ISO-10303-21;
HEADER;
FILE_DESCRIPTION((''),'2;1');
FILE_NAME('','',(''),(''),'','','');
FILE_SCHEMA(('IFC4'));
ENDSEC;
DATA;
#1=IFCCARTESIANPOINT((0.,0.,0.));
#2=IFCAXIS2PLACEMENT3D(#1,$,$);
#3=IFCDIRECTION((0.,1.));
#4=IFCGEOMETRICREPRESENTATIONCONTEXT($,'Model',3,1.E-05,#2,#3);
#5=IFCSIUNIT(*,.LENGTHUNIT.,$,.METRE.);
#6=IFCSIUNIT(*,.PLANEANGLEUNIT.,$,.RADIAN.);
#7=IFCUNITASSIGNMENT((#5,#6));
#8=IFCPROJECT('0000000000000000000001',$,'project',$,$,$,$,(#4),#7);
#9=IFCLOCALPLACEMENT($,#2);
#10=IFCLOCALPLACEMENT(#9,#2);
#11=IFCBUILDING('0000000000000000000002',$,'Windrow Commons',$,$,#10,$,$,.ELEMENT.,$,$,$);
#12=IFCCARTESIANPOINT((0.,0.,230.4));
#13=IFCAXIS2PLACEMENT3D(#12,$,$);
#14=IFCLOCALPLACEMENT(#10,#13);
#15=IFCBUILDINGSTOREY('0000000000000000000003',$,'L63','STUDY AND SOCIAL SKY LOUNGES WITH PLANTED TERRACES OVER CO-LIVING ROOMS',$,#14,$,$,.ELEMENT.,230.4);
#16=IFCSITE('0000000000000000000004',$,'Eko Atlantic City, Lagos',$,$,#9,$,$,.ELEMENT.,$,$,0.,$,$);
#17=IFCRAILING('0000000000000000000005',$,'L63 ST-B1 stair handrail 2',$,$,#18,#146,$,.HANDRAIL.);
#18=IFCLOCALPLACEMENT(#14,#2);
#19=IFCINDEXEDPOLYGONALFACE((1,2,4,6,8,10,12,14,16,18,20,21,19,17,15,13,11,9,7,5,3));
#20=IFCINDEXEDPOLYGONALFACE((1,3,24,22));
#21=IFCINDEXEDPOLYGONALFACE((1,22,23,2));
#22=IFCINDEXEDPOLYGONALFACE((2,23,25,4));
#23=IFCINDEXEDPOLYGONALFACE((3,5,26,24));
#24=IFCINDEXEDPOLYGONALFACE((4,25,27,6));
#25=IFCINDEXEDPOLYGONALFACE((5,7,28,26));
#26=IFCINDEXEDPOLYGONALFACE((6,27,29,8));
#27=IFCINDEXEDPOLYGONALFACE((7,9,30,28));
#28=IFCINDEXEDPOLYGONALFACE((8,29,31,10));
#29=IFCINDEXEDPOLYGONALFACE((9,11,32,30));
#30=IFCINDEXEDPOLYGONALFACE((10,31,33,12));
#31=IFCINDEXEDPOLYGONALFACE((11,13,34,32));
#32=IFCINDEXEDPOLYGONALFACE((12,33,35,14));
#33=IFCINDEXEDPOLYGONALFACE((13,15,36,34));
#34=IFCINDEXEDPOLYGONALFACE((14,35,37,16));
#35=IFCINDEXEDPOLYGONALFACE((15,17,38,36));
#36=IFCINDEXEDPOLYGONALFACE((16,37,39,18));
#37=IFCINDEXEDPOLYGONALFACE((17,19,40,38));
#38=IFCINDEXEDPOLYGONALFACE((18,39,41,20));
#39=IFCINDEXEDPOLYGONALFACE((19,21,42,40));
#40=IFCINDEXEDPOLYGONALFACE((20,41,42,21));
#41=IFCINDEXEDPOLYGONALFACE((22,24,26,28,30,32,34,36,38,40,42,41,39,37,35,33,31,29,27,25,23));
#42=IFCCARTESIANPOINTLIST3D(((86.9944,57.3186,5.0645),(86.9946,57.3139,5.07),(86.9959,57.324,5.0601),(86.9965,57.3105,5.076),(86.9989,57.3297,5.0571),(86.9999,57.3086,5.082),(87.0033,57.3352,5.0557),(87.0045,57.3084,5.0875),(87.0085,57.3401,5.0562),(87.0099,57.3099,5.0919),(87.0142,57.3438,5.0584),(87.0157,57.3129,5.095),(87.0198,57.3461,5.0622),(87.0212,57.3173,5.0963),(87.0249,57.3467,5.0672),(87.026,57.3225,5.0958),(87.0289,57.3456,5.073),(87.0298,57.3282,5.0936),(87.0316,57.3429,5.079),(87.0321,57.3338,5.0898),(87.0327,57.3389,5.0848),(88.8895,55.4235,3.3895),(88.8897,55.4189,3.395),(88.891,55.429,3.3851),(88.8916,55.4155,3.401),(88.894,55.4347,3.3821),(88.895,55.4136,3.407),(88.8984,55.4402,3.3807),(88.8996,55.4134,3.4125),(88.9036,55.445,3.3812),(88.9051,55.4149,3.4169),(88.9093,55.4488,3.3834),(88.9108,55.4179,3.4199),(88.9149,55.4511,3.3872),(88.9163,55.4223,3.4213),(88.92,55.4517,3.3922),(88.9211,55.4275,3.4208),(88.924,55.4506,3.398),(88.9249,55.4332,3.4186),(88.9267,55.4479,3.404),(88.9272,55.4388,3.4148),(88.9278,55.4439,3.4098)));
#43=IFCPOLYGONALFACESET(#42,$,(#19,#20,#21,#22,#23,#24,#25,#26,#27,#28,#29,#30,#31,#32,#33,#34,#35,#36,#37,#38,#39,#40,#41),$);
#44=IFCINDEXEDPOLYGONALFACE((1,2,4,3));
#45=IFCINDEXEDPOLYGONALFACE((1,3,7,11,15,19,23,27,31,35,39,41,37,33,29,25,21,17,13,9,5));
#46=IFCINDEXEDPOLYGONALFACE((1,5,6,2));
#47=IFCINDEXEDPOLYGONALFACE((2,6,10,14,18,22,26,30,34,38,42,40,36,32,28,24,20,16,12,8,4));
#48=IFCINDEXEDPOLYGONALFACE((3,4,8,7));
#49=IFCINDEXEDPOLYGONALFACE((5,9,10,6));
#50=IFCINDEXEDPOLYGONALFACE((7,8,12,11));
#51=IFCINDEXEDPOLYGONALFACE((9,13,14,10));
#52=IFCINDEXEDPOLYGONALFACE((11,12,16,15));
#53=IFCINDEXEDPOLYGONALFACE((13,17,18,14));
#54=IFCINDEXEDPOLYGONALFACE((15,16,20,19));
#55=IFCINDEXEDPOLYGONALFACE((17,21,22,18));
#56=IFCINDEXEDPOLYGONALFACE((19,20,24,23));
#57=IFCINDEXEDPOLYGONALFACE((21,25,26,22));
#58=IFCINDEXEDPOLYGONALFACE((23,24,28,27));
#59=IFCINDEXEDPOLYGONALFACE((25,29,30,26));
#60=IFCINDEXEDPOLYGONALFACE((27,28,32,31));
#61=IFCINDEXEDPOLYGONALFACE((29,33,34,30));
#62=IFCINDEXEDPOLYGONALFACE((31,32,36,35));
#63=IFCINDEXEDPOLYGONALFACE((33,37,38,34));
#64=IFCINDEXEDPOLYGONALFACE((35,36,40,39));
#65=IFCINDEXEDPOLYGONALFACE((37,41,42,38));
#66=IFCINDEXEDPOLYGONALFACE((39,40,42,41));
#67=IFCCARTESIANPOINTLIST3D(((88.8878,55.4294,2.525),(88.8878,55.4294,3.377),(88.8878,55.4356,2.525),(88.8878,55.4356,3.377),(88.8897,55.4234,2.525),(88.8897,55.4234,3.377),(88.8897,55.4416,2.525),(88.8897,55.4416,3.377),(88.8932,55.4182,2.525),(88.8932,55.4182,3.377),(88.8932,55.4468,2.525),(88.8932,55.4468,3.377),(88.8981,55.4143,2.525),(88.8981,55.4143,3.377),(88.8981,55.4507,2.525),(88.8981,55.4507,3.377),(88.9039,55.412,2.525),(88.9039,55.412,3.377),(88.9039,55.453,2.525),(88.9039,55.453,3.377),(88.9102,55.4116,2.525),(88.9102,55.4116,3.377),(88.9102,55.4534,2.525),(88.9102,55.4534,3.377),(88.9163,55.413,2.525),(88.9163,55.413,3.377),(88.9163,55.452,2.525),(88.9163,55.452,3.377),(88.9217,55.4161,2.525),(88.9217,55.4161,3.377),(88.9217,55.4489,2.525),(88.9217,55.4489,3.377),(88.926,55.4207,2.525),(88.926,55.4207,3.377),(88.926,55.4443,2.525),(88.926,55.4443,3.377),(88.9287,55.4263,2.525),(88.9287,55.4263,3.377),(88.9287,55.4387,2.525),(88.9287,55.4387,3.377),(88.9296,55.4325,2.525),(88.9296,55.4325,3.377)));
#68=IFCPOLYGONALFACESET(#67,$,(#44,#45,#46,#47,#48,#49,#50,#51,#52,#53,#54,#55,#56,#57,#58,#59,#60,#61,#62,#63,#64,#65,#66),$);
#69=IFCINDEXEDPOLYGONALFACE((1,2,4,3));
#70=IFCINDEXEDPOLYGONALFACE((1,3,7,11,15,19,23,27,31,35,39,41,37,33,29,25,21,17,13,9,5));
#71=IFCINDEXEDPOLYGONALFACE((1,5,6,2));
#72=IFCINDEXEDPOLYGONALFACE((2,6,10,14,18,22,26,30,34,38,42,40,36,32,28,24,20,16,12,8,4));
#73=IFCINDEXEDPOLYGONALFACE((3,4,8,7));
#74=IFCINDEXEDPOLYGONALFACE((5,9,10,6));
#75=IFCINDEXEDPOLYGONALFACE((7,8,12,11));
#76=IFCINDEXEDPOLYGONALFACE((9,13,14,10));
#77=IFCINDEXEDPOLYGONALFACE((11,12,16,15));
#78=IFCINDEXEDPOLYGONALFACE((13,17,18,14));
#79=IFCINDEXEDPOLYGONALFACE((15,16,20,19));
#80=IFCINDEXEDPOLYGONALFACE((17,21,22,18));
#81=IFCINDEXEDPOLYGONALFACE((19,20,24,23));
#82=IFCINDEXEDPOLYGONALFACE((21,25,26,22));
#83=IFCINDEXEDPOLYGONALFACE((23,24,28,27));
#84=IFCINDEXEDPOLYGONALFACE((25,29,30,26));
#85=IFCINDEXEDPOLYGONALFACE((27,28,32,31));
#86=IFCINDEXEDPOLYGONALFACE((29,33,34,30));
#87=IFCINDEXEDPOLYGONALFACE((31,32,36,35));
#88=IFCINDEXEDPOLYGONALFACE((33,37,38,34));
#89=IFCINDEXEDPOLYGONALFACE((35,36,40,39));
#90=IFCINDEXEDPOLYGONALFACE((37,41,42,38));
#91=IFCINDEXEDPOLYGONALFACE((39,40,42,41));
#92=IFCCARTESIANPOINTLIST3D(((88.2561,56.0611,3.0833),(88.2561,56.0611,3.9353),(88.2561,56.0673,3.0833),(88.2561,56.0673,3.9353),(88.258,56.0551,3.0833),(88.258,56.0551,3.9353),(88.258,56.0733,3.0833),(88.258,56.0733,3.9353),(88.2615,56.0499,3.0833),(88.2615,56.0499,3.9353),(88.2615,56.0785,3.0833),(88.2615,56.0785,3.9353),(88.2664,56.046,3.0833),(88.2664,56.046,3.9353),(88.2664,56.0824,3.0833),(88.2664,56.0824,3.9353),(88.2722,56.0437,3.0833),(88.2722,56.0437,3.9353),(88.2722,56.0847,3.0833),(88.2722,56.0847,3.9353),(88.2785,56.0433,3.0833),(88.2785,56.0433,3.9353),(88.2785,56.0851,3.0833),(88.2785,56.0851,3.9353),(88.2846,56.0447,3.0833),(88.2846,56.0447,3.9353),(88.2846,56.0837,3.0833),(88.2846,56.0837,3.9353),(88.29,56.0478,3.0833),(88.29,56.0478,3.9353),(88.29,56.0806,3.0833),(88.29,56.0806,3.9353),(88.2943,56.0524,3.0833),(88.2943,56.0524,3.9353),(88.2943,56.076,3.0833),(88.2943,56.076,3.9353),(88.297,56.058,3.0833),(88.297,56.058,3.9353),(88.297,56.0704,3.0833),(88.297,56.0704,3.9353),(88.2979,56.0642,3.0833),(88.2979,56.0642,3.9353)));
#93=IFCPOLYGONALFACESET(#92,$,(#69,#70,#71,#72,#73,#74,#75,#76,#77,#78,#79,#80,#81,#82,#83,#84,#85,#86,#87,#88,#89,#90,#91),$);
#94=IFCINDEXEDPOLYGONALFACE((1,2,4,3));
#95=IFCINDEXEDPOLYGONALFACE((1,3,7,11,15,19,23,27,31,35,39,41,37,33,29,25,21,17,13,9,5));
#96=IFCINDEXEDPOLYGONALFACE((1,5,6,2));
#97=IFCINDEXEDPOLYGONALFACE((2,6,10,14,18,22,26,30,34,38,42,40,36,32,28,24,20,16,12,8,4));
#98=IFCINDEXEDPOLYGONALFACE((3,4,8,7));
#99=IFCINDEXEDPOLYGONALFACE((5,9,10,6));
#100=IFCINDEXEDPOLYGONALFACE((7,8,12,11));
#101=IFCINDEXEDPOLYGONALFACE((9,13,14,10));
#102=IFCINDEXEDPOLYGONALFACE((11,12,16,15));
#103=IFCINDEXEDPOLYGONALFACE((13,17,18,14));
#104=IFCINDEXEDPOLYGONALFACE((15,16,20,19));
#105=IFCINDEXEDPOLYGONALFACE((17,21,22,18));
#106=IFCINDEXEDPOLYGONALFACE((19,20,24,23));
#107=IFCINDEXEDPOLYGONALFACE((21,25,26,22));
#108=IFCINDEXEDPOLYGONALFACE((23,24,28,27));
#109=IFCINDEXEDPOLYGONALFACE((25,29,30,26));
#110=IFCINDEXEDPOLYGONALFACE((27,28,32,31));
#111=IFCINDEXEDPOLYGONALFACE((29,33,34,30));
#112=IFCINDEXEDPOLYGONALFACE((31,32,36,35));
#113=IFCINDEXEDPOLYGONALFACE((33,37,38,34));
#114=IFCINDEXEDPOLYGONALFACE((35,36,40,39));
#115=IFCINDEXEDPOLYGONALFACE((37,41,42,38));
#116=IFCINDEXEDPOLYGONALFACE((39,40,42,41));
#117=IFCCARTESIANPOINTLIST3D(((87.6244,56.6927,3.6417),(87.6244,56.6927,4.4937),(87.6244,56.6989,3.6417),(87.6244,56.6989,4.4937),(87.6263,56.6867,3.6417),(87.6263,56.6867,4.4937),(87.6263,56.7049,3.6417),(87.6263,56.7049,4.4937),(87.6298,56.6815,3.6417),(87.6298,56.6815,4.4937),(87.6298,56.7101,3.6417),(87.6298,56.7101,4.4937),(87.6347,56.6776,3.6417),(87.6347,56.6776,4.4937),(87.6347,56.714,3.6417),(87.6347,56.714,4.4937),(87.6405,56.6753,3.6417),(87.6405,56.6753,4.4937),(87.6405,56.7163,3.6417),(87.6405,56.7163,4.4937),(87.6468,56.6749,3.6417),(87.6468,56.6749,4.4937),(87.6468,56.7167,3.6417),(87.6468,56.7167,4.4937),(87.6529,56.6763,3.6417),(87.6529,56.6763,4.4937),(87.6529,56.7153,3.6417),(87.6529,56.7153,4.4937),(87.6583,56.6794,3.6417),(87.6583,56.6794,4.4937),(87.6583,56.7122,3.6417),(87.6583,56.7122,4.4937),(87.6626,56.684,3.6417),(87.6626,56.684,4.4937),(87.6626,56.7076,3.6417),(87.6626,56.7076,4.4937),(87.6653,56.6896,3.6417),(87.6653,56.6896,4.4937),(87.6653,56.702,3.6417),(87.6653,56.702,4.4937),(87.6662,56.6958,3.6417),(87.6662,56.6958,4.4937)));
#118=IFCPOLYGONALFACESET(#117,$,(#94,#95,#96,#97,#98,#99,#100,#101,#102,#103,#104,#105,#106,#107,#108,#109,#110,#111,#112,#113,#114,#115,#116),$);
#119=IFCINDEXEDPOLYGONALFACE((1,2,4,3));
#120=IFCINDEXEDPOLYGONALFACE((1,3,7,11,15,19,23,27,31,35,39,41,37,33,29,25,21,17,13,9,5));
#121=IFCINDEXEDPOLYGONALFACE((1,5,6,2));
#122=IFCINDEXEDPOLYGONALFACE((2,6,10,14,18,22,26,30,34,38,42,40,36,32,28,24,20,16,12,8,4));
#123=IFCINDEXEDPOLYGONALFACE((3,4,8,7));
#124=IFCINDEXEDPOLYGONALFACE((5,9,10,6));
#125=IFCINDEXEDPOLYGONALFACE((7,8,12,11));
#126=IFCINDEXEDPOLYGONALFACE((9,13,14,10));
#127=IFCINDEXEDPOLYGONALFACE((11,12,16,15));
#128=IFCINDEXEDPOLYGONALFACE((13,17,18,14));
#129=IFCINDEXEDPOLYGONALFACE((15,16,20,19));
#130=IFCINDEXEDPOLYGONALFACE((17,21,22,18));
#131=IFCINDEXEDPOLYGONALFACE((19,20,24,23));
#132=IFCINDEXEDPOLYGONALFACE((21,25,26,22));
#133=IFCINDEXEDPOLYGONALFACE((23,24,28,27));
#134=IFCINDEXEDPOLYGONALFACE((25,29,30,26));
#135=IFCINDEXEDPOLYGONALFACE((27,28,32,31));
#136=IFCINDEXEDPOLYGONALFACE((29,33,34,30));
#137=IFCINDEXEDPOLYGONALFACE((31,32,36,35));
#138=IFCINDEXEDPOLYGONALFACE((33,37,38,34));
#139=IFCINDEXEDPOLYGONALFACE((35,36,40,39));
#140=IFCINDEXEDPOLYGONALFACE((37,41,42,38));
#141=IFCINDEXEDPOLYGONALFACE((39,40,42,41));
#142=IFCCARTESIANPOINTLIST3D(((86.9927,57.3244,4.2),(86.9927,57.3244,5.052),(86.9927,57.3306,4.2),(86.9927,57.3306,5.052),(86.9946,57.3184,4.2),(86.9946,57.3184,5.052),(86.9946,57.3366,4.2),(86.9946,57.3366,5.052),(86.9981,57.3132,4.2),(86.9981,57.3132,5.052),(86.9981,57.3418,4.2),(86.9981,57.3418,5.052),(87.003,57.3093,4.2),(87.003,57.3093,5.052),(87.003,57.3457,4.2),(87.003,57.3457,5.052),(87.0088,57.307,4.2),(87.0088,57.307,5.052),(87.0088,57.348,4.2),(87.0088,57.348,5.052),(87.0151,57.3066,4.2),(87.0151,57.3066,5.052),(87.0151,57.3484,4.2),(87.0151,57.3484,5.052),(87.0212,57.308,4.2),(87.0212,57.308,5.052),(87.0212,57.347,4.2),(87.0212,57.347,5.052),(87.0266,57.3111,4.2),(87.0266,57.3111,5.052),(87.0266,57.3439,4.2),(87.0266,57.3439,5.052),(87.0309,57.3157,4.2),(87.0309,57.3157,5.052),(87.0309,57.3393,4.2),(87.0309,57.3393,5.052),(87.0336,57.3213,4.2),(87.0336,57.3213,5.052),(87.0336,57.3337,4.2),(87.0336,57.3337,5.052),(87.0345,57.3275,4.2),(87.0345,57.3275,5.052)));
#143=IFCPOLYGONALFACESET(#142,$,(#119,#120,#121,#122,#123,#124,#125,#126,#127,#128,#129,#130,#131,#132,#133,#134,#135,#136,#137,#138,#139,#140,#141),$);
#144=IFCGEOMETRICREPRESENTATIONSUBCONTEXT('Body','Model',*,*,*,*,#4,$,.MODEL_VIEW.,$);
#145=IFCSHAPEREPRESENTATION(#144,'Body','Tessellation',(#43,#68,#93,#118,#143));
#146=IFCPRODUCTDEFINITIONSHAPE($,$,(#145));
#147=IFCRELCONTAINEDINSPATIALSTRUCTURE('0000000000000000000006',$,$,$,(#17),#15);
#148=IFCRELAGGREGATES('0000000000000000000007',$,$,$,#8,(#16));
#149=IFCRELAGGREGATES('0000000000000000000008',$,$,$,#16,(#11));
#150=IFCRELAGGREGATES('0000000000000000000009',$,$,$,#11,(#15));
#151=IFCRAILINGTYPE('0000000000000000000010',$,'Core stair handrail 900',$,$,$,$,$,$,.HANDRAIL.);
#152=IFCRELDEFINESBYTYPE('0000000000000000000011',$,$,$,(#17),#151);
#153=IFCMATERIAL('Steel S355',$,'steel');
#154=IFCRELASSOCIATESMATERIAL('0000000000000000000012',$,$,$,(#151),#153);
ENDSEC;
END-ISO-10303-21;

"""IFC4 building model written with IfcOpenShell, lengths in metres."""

from ifc_helpers import new_model, si_unit, direction, frame, origin, origin_2d, place, context, subcontext, project, spatial, circle, extrude, material, type_object, element, save


model = new_model("IFC4")

# Units and contexts
model_context = context("Model", 3, precision=1e-05, world=origin(), true_north=direction((0.0, 1.0)))
body_context = subcontext(model_context, "Body", "Model", "MODEL_VIEW")
ifc_project = project(units=[si_unit("LENGTHUNIT", "METRE"), si_unit("PLANEANGLEUNIT", "RADIAN")], contexts=[model_context])

# Site, building, storey
site_placement = place(None, origin())
site = spatial("IfcSite", under=ifc_project, at=site_placement, Name="Eko Atlantic City, Lagos", CompositionType="ELEMENT", RefElevation=0.0)
building_placement = place(site_placement, origin())
building = spatial("IfcBuilding", under=site, at=building_placement, Name="Windrow Commons", CompositionType="ELEMENT")
storey_placement = place(building_placement, frame((0.0, 0.0, 230.4)))
storey = spatial("IfcBuildingStorey", under=building, at=storey_placement, Name="L63", Description="STUDY AND SOCIAL SKY LOUNGES WITH PLANTED TERRACES OVER CO-LIVING ROOMS", CompositionType="ELEMENT", Elevation=230.4)

# Railing
ifc_material_1 = material(Name="Steel S355", Category="steel")
railing_type_1 = type_object("IfcRailingType", Name="Core stair handrail 900", PredefinedType="HANDRAIL", material=ifc_material_1)
railing_1_placement = place(storey_placement, frame((88.9086, 55.4325, 2.525)))
element("IfcRailing", 1, at=railing_1_placement, inside=storey, type_object=railing_type_1, Name="L63 ST-B1 stair handrail 2", PredefinedType="HANDRAIL", context=body_context, shape_type="SweptSolid", body=[
    extrude(circle(Radius=0.024, at=origin_2d()), frame((0.0, 0.0, 0.876), z_axis=(-0.599642, 0.59961, 0.529998), x_axis=(-0.707088, -0.707125, 0.0)), (0.0, 0.0, 1.0), 3.1604),
    extrude(circle(Radius=0.021, at=origin_2d()), origin(), (0.0, 0.0, 1.0), 0.852),
    extrude(circle(Radius=0.021, at=origin_2d()), frame((-0.6317, 0.6317, 0.5583)), (0.0, 0.0, 1.0), 0.852),
    extrude(circle(Radius=0.021, at=origin_2d()), frame((-1.2634, 1.2633, 1.1167)), (0.0, 0.0, 1.0), 0.852),
    extrude(circle(Radius=0.021, at=origin_2d()), frame((-1.8951, 1.895, 1.675)), (0.0, 0.0, 1.0), 0.852),
])

save(model, "model.ifc")
